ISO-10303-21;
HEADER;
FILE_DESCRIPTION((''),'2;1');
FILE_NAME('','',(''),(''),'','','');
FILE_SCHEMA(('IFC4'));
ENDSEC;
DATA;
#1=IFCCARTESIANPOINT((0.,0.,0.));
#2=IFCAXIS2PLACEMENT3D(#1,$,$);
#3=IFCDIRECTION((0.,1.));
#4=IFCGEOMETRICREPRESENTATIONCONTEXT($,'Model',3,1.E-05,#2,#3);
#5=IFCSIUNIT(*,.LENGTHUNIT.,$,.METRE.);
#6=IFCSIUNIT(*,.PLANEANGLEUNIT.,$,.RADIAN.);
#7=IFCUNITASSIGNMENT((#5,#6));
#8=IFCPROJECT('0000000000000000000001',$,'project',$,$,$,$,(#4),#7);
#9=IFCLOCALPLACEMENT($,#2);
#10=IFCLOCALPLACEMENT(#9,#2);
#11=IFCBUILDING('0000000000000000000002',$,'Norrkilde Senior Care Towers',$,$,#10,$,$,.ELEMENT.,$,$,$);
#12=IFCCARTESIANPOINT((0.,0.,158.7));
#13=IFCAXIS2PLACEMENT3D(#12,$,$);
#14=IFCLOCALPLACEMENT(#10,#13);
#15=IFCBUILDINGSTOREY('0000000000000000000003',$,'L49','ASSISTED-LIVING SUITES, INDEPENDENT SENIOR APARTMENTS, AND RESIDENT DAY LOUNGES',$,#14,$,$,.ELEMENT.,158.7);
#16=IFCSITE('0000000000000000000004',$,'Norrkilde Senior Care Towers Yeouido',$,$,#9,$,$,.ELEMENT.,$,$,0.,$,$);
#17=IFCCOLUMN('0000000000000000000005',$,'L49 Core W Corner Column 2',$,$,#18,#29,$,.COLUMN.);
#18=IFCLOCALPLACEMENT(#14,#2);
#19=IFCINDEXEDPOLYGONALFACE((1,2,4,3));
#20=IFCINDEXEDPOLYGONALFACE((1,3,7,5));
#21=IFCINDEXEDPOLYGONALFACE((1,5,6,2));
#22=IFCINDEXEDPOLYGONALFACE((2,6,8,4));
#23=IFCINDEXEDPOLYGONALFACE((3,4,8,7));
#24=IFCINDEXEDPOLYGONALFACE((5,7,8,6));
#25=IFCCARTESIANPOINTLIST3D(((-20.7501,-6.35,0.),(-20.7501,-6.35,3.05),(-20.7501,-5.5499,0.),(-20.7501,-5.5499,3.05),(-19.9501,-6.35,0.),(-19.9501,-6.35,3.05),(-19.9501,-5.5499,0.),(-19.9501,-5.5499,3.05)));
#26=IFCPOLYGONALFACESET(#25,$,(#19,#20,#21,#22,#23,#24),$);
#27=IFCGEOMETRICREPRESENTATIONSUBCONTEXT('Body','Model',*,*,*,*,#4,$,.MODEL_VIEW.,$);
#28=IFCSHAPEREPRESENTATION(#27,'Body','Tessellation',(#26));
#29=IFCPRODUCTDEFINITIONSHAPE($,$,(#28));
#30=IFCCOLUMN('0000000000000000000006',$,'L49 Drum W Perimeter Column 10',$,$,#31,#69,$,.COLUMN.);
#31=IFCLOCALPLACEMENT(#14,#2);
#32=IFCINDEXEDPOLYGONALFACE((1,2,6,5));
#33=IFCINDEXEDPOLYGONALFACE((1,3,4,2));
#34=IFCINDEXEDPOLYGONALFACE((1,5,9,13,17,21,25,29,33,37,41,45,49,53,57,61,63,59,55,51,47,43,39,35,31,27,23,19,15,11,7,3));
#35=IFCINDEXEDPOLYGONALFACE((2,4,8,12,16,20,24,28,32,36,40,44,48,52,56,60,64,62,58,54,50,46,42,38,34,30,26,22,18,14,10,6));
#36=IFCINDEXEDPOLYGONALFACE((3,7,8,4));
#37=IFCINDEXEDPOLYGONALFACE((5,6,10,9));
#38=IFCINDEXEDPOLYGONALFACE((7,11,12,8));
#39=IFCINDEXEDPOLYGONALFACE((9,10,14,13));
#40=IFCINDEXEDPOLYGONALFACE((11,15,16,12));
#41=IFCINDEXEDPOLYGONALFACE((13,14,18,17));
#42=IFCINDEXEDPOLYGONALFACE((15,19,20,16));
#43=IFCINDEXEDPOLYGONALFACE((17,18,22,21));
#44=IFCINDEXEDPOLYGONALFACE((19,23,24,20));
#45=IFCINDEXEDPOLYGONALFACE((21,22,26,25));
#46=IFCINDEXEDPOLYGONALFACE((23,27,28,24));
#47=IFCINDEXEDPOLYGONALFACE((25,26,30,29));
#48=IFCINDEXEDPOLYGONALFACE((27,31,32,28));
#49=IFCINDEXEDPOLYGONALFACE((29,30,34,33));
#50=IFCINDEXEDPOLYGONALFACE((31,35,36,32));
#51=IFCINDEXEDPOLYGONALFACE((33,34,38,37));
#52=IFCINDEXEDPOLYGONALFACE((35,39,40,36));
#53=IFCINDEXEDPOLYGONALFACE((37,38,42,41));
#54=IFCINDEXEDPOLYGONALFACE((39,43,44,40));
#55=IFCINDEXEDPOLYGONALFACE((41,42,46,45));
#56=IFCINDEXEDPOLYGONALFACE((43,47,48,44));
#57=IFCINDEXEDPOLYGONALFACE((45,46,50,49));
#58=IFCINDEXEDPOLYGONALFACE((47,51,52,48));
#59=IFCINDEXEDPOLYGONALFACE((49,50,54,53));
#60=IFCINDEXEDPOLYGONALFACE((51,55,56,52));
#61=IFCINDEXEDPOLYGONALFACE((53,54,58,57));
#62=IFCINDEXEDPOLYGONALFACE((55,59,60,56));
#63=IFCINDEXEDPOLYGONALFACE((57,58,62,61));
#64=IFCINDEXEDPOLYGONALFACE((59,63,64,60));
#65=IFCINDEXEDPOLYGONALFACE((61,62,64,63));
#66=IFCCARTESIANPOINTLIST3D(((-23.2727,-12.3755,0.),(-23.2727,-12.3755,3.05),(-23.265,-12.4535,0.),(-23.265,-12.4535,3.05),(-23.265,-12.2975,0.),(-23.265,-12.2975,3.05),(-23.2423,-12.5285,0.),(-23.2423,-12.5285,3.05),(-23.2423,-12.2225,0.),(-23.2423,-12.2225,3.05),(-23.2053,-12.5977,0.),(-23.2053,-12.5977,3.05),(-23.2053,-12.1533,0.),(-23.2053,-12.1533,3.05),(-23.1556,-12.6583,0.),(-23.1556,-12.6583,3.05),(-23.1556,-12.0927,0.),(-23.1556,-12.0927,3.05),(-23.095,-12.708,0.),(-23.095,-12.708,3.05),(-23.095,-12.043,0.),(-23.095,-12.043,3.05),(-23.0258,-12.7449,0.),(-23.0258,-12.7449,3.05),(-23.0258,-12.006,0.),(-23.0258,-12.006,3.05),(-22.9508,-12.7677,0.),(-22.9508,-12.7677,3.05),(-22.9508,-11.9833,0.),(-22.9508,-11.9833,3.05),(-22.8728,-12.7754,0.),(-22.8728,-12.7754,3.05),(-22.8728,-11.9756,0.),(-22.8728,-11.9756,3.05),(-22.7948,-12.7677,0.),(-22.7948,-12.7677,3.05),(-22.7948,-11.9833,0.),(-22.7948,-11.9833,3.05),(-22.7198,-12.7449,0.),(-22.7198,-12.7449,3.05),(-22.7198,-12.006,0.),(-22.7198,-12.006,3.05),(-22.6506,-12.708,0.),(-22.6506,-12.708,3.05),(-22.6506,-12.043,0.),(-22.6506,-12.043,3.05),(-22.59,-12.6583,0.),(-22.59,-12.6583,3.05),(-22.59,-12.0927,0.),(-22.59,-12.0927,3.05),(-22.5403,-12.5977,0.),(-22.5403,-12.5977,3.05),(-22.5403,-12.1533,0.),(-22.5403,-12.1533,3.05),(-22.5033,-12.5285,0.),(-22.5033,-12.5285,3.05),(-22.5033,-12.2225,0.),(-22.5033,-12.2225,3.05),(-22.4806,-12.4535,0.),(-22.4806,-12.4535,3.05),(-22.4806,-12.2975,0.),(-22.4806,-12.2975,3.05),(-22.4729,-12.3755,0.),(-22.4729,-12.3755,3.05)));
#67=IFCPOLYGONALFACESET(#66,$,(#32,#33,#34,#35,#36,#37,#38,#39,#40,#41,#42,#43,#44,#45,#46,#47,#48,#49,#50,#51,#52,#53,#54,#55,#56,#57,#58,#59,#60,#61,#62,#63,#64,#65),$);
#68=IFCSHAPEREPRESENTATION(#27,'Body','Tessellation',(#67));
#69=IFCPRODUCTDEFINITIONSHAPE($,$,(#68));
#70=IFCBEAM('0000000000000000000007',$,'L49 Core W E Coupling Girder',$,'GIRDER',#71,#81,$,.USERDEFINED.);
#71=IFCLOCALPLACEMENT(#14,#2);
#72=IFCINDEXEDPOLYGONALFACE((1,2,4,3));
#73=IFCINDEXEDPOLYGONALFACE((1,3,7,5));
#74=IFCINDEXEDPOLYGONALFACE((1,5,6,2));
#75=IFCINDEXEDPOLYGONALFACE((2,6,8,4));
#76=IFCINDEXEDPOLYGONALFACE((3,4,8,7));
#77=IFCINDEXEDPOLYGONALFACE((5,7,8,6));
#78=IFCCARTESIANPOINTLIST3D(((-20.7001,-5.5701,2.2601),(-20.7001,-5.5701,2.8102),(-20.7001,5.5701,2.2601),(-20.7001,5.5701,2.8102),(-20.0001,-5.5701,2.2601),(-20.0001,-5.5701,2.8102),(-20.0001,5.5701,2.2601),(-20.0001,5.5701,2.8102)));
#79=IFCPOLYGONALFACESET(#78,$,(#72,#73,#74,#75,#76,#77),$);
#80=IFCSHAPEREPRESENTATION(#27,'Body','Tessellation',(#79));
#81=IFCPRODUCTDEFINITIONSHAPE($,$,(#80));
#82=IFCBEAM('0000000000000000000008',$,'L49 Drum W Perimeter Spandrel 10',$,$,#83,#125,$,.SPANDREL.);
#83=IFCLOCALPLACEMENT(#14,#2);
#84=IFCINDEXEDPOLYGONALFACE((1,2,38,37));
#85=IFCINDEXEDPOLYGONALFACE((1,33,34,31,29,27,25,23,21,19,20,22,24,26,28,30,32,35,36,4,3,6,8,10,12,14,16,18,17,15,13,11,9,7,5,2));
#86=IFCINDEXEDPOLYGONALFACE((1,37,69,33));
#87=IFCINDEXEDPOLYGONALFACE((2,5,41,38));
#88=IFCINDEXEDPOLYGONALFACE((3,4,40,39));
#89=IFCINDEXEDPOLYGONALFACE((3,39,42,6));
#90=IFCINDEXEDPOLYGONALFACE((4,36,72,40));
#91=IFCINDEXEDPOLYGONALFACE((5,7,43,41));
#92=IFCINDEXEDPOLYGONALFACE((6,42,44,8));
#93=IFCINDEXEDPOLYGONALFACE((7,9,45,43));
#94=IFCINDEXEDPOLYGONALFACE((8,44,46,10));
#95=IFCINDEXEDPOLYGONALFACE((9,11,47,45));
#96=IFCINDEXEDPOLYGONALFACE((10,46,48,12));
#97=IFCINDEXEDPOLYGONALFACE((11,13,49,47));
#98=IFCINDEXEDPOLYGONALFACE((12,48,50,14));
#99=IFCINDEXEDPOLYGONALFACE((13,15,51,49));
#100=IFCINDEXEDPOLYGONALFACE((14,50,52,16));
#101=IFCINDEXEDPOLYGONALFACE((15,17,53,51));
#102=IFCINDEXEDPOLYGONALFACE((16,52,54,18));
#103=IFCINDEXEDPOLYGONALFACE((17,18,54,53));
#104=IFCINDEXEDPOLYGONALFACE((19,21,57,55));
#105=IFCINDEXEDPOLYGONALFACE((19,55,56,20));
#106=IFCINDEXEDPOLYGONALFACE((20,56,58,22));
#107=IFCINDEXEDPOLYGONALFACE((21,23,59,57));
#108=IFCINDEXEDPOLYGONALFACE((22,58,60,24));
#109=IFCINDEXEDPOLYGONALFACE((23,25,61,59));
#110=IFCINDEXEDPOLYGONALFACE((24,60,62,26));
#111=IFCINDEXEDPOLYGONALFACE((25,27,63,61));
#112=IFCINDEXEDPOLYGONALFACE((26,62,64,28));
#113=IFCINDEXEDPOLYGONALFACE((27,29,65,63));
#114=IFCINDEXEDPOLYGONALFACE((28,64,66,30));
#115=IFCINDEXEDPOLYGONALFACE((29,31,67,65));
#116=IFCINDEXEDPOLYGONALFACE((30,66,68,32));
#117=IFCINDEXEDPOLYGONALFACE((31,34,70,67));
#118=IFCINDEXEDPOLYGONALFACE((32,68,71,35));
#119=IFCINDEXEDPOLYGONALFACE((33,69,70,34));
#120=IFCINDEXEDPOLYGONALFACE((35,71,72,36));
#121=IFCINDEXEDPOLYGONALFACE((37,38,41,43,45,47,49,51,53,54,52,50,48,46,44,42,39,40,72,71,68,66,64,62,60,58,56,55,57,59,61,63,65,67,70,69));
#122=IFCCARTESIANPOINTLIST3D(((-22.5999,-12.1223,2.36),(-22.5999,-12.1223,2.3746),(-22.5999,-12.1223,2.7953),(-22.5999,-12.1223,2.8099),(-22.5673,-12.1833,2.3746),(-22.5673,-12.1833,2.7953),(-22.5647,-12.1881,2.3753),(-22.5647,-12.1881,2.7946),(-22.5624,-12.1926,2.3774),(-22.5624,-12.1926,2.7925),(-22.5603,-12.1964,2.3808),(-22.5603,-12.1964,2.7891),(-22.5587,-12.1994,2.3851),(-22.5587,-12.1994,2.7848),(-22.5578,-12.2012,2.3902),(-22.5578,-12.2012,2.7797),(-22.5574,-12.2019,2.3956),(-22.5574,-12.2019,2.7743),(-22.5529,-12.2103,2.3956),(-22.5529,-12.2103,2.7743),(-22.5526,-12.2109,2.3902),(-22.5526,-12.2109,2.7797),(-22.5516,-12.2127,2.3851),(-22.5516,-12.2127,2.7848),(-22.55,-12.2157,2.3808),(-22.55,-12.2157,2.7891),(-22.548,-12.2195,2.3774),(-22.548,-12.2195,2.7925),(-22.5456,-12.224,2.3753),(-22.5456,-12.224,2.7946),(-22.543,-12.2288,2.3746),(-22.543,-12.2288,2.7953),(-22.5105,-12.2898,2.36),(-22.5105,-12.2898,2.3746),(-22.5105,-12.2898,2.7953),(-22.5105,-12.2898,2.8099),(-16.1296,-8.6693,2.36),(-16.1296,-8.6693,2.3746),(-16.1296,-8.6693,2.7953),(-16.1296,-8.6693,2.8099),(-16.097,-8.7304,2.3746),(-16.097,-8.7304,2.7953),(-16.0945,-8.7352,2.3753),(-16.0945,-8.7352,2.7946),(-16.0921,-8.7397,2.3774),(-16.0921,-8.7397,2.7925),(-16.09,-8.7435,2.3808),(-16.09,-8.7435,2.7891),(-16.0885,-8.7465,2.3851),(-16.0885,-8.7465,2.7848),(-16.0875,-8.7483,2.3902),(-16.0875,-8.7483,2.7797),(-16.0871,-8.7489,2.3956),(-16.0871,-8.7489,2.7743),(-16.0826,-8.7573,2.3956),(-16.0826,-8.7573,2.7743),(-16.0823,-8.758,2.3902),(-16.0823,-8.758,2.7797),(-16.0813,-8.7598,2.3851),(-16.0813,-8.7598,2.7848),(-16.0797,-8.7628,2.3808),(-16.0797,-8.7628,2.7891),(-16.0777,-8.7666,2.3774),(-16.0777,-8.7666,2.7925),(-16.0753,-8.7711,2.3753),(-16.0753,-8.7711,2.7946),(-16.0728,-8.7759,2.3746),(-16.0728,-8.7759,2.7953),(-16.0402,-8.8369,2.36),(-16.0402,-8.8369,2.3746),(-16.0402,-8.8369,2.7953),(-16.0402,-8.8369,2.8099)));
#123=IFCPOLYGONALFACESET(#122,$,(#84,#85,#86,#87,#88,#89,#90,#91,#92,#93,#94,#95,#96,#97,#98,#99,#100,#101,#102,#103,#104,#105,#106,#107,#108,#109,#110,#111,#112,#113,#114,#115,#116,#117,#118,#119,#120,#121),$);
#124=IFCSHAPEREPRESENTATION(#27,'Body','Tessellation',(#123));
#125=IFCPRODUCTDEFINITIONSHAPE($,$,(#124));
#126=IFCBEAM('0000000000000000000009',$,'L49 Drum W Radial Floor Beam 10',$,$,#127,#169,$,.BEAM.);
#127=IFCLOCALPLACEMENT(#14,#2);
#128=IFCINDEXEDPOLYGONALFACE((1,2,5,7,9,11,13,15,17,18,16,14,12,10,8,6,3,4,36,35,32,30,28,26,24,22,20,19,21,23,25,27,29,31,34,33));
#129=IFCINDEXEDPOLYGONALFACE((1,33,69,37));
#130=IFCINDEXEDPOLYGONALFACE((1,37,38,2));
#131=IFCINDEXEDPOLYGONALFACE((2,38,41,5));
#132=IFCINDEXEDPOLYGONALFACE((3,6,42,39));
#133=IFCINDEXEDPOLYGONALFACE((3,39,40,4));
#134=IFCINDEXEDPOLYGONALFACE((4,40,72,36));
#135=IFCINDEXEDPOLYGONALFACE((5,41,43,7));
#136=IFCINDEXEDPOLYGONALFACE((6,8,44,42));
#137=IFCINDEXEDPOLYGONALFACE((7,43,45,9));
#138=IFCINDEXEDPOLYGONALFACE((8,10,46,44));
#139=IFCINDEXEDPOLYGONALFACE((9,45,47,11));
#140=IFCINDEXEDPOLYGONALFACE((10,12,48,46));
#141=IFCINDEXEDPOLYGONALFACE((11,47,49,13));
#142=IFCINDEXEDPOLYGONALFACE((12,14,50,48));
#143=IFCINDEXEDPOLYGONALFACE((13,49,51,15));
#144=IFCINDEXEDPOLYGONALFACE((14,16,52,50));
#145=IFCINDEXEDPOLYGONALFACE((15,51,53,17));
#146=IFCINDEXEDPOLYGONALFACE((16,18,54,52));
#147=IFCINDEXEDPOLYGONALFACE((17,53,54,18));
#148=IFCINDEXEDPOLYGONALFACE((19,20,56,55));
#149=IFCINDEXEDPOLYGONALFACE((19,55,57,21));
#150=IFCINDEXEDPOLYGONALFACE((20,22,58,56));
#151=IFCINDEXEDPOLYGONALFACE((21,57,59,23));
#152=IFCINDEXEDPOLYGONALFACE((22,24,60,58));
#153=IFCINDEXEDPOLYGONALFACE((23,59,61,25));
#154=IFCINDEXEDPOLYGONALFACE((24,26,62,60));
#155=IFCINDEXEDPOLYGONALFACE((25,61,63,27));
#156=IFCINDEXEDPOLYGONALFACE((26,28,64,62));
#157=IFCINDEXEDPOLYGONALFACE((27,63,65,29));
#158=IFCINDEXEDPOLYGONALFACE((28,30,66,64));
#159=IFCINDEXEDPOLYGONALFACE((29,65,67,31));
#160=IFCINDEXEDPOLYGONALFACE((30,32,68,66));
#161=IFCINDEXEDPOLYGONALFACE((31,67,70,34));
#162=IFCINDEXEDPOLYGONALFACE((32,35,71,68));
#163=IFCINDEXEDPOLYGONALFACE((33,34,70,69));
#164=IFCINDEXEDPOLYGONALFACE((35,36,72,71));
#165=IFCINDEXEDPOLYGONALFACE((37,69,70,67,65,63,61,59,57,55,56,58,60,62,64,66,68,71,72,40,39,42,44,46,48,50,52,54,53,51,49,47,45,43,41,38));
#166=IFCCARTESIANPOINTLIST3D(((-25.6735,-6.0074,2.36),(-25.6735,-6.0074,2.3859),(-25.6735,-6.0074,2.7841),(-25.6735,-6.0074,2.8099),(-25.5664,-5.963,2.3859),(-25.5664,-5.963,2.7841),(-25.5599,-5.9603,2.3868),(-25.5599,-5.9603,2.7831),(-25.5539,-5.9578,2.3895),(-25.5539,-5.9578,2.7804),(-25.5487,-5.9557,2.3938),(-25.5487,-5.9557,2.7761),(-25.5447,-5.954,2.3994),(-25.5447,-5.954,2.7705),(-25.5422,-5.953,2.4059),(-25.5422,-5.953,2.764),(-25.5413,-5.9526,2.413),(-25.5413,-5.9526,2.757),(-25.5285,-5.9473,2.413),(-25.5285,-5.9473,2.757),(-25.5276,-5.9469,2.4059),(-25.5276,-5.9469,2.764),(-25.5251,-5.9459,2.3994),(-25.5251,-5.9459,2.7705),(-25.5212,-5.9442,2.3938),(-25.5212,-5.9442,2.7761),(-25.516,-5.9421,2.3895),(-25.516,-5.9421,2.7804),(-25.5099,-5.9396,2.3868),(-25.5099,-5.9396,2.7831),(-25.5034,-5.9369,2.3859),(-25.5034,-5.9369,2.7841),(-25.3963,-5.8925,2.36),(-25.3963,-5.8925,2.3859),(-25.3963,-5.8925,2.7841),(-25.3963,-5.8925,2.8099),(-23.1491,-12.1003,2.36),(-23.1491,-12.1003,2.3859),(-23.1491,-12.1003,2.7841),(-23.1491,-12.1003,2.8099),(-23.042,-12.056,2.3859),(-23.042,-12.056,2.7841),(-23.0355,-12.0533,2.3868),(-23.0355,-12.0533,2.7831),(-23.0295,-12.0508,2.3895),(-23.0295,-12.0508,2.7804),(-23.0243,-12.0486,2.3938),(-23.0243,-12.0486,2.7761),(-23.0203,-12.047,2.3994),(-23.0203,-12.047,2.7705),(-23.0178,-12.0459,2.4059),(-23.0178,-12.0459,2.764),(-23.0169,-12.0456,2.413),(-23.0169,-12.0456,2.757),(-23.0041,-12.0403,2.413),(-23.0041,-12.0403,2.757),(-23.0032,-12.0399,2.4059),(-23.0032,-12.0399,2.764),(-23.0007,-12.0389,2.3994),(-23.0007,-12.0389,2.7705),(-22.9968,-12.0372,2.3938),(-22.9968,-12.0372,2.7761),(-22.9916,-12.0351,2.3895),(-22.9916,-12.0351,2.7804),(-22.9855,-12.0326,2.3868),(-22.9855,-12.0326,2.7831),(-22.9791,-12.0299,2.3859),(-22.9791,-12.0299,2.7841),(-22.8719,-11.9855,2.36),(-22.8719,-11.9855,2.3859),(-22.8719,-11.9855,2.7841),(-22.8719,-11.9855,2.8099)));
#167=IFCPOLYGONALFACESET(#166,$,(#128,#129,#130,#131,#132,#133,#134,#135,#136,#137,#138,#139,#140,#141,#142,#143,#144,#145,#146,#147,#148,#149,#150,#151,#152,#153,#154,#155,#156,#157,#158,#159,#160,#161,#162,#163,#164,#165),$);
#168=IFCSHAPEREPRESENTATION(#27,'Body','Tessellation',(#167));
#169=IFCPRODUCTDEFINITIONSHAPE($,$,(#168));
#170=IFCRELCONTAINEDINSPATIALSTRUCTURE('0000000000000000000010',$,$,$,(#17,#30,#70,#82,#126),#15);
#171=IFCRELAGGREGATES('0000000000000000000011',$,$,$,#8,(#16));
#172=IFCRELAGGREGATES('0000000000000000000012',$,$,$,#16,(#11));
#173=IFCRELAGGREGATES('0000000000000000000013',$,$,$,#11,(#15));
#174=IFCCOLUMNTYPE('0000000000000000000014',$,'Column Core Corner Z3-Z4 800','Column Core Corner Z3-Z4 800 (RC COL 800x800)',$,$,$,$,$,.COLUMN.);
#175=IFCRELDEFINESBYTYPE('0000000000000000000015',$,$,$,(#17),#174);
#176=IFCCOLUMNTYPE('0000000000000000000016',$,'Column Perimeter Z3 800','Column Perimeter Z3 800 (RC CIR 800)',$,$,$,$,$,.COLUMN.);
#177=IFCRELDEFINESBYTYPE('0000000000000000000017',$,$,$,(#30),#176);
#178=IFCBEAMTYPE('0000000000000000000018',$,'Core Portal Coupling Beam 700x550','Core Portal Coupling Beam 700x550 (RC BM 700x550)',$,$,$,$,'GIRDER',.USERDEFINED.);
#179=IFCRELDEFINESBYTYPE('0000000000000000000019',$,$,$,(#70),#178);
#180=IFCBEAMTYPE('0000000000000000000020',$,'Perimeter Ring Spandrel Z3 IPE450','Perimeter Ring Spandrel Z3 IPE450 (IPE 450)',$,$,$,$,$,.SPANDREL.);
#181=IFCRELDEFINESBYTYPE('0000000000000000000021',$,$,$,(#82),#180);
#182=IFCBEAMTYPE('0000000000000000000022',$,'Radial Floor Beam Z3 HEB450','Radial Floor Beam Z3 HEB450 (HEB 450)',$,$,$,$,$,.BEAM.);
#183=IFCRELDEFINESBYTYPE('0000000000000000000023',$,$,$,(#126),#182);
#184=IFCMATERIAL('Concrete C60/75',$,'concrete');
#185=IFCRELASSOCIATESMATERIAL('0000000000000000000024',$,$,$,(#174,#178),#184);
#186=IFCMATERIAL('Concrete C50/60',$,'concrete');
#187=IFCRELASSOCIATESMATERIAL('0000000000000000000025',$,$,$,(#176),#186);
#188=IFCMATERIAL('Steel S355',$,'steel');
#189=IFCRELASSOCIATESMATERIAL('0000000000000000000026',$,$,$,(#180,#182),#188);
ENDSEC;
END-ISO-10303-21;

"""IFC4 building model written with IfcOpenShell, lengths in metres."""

from ifc_helpers import new_model, si_unit, direction, frame, origin, origin_2d, place, context, subcontext, project, spatial, rectangle, circle, i_section, extrude, source, transform, mapped, material, material_profile, profile_set, type_object, type_shapes, element, save


model = new_model("IFC4")

# Units and contexts
model_context = context("Model", 3, precision=1e-05, world=origin(), true_north=direction((0.0, 1.0)))
body_context = subcontext(model_context, "Body", "Model", "MODEL_VIEW")
ifc_project = project(units=[si_unit("LENGTHUNIT", "METRE"), si_unit("PLANEANGLEUNIT", "RADIAN")], contexts=[model_context])

# Site, building, storey
site_placement = place(None, origin())
site = spatial("IfcSite", under=ifc_project, at=site_placement, Name="Norrkilde Senior Care Towers Yeouido", CompositionType="ELEMENT", RefElevation=0.0)
building_placement = place(site_placement, origin())
building = spatial("IfcBuilding", under=site, at=building_placement, Name="Norrkilde Senior Care Towers", CompositionType="ELEMENT")
storey_placement = place(building_placement, frame((0.0, 0.0, 158.7)))
storey = spatial("IfcBuildingStorey", under=building, at=storey_placement, Name="L49", Description="ASSISTED-LIVING SUITES, INDEPENDENT SENIOR APARTMENTS, AND RESIDENT DAY LOUNGES", CompositionType="ELEMENT", Elevation=158.7)

# Columns
ifc_material_1 = material(Name="Concrete C60/75", Category="concrete")
ifc_material_profile_1 = material_profile(ifc_material_1, rectangle(XDim=0.8, YDim=0.8, at=origin_2d()), Name="RC COL 800x800")
ifc_profile_set_1 = profile_set([ifc_material_profile_1], Name="Concrete C60/75")
column_type_1 = type_object("IfcColumnType", Name="Column Core Corner Z3-Z4 800", Description="Column Core Corner Z3-Z4 800 (RC COL 800x800)", PredefinedType="COLUMN", material=ifc_profile_set_1)
shared_shape_1 = source(origin(), body_context, "Body", "SweptSolid", [
    extrude(rectangle(XDim=0.8, YDim=0.8, at=origin_2d()), origin(), (0.0, 0.0, 1.0), 3.05),
])
type_shapes(column_type_1, [shared_shape_1])
column_1_placement = place(storey_placement, frame((-20.3501, -5.95, 0.0), z_axis=(0.0, 0.0, 1.0), x_axis=(1.0, 0.0, 0.0)))
element("IfcColumn", 1, at=column_1_placement, inside=storey, type_object=column_type_1, Name="L49 Core W Corner Column 2", PredefinedType="COLUMN", context=body_context, shape_type="MappedRepresentation", body=[
    mapped(shared_shape_1, transform((0.0, 0.0, 0.0), x_axis=(1.0, 0.0, 0.0), y_axis=(0.0, 1.0, 0.0), z_axis=(0.0, 0.0, 1.0), scale=1.0)),
])
ifc_material_2 = material(Name="Concrete C50/60", Category="concrete")
ifc_material_profile_2 = material_profile(ifc_material_2, circle(Radius=0.3999, at=origin_2d()), Name="RC CIR 800")
ifc_profile_set_2 = profile_set([ifc_material_profile_2], Name="Concrete C50/60")
column_type_2 = type_object("IfcColumnType", Name="Column Perimeter Z3 800", Description="Column Perimeter Z3 800 (RC CIR 800)", PredefinedType="COLUMN", material=ifc_profile_set_2)
shared_shape_2 = source(origin(), body_context, "Body", "SweptSolid", [
    extrude(circle(Radius=0.3999, at=origin_2d()), origin(), (0.0, 0.0, 1.0), 3.05),
])
type_shapes(column_type_2, [shared_shape_2])
column_2_placement = place(storey_placement, frame((-22.8728, -12.3755, 0.0), z_axis=(0.0, 0.0, 1.0), x_axis=(1.0, 0.0, 0.0)))
element("IfcColumn", 2, at=column_2_placement, inside=storey, type_object=column_type_2, Name="L49 Drum W Perimeter Column 10", PredefinedType="COLUMN", context=body_context, shape_type="MappedRepresentation", body=[
    mapped(shared_shape_2, transform((0.0, 0.0, 0.0), x_axis=(1.0, 0.0, 0.0), y_axis=(0.0, 1.0, 0.0), z_axis=(0.0, 0.0, 1.0), scale=1.0)),
])

# Beams
ifc_material_profile_3 = material_profile(ifc_material_1, rectangle(XDim=0.7, YDim=0.55, at=origin_2d()), Name="RC BM 700x550")
ifc_profile_set_3 = profile_set([ifc_material_profile_3], Name="Concrete C60/75")
beam_type_1 = type_object("IfcBeamType", Name="Core Portal Coupling Beam 700x550", Description="Core Portal Coupling Beam 700x550 (RC BM 700x550)", ElementType="GIRDER", PredefinedType="USERDEFINED", material=ifc_profile_set_3)
shared_shape_3 = source(origin(), body_context, "Body", "SweptSolid", [
    extrude(rectangle(XDim=0.7, YDim=0.55, at=origin_2d()), origin(), (0.0, 0.0, 1.0), 11.1401),
])
type_shapes(beam_type_1, [shared_shape_3])
beam_1_placement = place(storey_placement, frame((-20.3501, -5.5701, 2.5352), z_axis=(0.0, 1.0, 0.0), x_axis=(-1.0, 0.0, 0.0)))
element("IfcBeam", 3, at=beam_1_placement, inside=storey, type_object=beam_type_1, Name="L49 Core W E Coupling Girder", ObjectType="GIRDER", PredefinedType="USERDEFINED", context=body_context, shape_type="MappedRepresentation", body=[
    mapped(shared_shape_3, transform((0.0, 0.0, 0.0), x_axis=(1.0, 0.0, 0.0), y_axis=(0.0, 1.0, 0.0), z_axis=(0.0, 0.0, 1.0), scale=1.0)),
])
ifc_material_3 = material(Name="Steel S355", Category="steel")
ifc_material_profile_4 = material_profile(ifc_material_3, i_section(OverallWidth=0.1899, OverallDepth=0.45, WebThickness=0.0095, FlangeThickness=0.0146, FilletRadius=0.021, at=origin_2d()), Name="IPE 450")
ifc_profile_set_4 = profile_set([ifc_material_profile_4], Name="Steel S355")
beam_type_2 = type_object("IfcBeamType", Name="Perimeter Ring Spandrel Z3 IPE450", Description="Perimeter Ring Spandrel Z3 IPE450 (IPE 450)", PredefinedType="SPANDREL", material=ifc_profile_set_4)
shared_shape_4 = source(origin(), body_context, "Body", "SweptSolid", [
    extrude(i_section(OverallWidth=0.1899, OverallDepth=0.45, WebThickness=0.0095, FlangeThickness=0.0146, FilletRadius=0.021, at=origin_2d()), origin(), (0.0, 0.0, 1.0), 7.334),
])
type_shapes(beam_type_2, [shared_shape_4])
beam_2_placement = place(storey_placement, frame((-22.5552, -12.2061, 2.585), z_axis=(0.882234, 0.470811, 0.0), x_axis=(-0.470811, 0.882234, 0.0)))
element("IfcBeam", 4, at=beam_2_placement, inside=storey, type_object=beam_type_2, Name="L49 Drum W Perimeter Spandrel 10", PredefinedType="SPANDREL", context=body_context, shape_type="MappedRepresentation", body=[
    mapped(shared_shape_4, transform((0.0, 0.0, 0.0), x_axis=(1.0, 0.0, 0.0), y_axis=(0.0, 1.0, 0.0), z_axis=(0.0, 0.0, 1.0), scale=1.0)),
])
ifc_material_profile_5 = material_profile(ifc_material_3, i_section(OverallWidth=0.3, OverallDepth=0.45, WebThickness=0.0139, FlangeThickness=0.0259, FilletRadius=0.0271, at=origin_2d()), Name="HEB 450")
ifc_profile_set_5 = profile_set([ifc_material_profile_5], Name="Steel S355")
beam_type_3 = type_object("IfcBeamType", Name="Radial Floor Beam Z3 HEB450", Description="Radial Floor Beam Z3 HEB450 (HEB 450)", PredefinedType="BEAM", material=ifc_profile_set_5)
shared_shape_5 = source(origin(), body_context, "Body", "SweptSolid", [
    extrude(i_section(OverallWidth=0.3, OverallDepth=0.45, WebThickness=0.0139, FlangeThickness=0.0259, FilletRadius=0.0271, at=origin_2d()), origin(), (0.0, 0.0, 1.0), 6.5952),
])
beam_3_placement = place(storey_placement, frame((-25.5349, -5.95, 2.585), z_axis=(0.382762, -0.923847, 0.0), x_axis=(0.923847, 0.382762, 0.0)))
element("IfcBeam", 5, at=beam_3_placement, inside=storey, type_object=beam_type_3, Name="L49 Drum W Radial Floor Beam 10", PredefinedType="BEAM", context=body_context, shape_type="MappedRepresentation", body=[
    mapped(shared_shape_5, transform((0.0, 0.0, 0.0), x_axis=(1.0, 0.0, 0.0), y_axis=(0.0, 1.0, 0.0), z_axis=(0.0, 0.0, 1.0), scale=1.0)),
])

save(model, "model.ifc")
